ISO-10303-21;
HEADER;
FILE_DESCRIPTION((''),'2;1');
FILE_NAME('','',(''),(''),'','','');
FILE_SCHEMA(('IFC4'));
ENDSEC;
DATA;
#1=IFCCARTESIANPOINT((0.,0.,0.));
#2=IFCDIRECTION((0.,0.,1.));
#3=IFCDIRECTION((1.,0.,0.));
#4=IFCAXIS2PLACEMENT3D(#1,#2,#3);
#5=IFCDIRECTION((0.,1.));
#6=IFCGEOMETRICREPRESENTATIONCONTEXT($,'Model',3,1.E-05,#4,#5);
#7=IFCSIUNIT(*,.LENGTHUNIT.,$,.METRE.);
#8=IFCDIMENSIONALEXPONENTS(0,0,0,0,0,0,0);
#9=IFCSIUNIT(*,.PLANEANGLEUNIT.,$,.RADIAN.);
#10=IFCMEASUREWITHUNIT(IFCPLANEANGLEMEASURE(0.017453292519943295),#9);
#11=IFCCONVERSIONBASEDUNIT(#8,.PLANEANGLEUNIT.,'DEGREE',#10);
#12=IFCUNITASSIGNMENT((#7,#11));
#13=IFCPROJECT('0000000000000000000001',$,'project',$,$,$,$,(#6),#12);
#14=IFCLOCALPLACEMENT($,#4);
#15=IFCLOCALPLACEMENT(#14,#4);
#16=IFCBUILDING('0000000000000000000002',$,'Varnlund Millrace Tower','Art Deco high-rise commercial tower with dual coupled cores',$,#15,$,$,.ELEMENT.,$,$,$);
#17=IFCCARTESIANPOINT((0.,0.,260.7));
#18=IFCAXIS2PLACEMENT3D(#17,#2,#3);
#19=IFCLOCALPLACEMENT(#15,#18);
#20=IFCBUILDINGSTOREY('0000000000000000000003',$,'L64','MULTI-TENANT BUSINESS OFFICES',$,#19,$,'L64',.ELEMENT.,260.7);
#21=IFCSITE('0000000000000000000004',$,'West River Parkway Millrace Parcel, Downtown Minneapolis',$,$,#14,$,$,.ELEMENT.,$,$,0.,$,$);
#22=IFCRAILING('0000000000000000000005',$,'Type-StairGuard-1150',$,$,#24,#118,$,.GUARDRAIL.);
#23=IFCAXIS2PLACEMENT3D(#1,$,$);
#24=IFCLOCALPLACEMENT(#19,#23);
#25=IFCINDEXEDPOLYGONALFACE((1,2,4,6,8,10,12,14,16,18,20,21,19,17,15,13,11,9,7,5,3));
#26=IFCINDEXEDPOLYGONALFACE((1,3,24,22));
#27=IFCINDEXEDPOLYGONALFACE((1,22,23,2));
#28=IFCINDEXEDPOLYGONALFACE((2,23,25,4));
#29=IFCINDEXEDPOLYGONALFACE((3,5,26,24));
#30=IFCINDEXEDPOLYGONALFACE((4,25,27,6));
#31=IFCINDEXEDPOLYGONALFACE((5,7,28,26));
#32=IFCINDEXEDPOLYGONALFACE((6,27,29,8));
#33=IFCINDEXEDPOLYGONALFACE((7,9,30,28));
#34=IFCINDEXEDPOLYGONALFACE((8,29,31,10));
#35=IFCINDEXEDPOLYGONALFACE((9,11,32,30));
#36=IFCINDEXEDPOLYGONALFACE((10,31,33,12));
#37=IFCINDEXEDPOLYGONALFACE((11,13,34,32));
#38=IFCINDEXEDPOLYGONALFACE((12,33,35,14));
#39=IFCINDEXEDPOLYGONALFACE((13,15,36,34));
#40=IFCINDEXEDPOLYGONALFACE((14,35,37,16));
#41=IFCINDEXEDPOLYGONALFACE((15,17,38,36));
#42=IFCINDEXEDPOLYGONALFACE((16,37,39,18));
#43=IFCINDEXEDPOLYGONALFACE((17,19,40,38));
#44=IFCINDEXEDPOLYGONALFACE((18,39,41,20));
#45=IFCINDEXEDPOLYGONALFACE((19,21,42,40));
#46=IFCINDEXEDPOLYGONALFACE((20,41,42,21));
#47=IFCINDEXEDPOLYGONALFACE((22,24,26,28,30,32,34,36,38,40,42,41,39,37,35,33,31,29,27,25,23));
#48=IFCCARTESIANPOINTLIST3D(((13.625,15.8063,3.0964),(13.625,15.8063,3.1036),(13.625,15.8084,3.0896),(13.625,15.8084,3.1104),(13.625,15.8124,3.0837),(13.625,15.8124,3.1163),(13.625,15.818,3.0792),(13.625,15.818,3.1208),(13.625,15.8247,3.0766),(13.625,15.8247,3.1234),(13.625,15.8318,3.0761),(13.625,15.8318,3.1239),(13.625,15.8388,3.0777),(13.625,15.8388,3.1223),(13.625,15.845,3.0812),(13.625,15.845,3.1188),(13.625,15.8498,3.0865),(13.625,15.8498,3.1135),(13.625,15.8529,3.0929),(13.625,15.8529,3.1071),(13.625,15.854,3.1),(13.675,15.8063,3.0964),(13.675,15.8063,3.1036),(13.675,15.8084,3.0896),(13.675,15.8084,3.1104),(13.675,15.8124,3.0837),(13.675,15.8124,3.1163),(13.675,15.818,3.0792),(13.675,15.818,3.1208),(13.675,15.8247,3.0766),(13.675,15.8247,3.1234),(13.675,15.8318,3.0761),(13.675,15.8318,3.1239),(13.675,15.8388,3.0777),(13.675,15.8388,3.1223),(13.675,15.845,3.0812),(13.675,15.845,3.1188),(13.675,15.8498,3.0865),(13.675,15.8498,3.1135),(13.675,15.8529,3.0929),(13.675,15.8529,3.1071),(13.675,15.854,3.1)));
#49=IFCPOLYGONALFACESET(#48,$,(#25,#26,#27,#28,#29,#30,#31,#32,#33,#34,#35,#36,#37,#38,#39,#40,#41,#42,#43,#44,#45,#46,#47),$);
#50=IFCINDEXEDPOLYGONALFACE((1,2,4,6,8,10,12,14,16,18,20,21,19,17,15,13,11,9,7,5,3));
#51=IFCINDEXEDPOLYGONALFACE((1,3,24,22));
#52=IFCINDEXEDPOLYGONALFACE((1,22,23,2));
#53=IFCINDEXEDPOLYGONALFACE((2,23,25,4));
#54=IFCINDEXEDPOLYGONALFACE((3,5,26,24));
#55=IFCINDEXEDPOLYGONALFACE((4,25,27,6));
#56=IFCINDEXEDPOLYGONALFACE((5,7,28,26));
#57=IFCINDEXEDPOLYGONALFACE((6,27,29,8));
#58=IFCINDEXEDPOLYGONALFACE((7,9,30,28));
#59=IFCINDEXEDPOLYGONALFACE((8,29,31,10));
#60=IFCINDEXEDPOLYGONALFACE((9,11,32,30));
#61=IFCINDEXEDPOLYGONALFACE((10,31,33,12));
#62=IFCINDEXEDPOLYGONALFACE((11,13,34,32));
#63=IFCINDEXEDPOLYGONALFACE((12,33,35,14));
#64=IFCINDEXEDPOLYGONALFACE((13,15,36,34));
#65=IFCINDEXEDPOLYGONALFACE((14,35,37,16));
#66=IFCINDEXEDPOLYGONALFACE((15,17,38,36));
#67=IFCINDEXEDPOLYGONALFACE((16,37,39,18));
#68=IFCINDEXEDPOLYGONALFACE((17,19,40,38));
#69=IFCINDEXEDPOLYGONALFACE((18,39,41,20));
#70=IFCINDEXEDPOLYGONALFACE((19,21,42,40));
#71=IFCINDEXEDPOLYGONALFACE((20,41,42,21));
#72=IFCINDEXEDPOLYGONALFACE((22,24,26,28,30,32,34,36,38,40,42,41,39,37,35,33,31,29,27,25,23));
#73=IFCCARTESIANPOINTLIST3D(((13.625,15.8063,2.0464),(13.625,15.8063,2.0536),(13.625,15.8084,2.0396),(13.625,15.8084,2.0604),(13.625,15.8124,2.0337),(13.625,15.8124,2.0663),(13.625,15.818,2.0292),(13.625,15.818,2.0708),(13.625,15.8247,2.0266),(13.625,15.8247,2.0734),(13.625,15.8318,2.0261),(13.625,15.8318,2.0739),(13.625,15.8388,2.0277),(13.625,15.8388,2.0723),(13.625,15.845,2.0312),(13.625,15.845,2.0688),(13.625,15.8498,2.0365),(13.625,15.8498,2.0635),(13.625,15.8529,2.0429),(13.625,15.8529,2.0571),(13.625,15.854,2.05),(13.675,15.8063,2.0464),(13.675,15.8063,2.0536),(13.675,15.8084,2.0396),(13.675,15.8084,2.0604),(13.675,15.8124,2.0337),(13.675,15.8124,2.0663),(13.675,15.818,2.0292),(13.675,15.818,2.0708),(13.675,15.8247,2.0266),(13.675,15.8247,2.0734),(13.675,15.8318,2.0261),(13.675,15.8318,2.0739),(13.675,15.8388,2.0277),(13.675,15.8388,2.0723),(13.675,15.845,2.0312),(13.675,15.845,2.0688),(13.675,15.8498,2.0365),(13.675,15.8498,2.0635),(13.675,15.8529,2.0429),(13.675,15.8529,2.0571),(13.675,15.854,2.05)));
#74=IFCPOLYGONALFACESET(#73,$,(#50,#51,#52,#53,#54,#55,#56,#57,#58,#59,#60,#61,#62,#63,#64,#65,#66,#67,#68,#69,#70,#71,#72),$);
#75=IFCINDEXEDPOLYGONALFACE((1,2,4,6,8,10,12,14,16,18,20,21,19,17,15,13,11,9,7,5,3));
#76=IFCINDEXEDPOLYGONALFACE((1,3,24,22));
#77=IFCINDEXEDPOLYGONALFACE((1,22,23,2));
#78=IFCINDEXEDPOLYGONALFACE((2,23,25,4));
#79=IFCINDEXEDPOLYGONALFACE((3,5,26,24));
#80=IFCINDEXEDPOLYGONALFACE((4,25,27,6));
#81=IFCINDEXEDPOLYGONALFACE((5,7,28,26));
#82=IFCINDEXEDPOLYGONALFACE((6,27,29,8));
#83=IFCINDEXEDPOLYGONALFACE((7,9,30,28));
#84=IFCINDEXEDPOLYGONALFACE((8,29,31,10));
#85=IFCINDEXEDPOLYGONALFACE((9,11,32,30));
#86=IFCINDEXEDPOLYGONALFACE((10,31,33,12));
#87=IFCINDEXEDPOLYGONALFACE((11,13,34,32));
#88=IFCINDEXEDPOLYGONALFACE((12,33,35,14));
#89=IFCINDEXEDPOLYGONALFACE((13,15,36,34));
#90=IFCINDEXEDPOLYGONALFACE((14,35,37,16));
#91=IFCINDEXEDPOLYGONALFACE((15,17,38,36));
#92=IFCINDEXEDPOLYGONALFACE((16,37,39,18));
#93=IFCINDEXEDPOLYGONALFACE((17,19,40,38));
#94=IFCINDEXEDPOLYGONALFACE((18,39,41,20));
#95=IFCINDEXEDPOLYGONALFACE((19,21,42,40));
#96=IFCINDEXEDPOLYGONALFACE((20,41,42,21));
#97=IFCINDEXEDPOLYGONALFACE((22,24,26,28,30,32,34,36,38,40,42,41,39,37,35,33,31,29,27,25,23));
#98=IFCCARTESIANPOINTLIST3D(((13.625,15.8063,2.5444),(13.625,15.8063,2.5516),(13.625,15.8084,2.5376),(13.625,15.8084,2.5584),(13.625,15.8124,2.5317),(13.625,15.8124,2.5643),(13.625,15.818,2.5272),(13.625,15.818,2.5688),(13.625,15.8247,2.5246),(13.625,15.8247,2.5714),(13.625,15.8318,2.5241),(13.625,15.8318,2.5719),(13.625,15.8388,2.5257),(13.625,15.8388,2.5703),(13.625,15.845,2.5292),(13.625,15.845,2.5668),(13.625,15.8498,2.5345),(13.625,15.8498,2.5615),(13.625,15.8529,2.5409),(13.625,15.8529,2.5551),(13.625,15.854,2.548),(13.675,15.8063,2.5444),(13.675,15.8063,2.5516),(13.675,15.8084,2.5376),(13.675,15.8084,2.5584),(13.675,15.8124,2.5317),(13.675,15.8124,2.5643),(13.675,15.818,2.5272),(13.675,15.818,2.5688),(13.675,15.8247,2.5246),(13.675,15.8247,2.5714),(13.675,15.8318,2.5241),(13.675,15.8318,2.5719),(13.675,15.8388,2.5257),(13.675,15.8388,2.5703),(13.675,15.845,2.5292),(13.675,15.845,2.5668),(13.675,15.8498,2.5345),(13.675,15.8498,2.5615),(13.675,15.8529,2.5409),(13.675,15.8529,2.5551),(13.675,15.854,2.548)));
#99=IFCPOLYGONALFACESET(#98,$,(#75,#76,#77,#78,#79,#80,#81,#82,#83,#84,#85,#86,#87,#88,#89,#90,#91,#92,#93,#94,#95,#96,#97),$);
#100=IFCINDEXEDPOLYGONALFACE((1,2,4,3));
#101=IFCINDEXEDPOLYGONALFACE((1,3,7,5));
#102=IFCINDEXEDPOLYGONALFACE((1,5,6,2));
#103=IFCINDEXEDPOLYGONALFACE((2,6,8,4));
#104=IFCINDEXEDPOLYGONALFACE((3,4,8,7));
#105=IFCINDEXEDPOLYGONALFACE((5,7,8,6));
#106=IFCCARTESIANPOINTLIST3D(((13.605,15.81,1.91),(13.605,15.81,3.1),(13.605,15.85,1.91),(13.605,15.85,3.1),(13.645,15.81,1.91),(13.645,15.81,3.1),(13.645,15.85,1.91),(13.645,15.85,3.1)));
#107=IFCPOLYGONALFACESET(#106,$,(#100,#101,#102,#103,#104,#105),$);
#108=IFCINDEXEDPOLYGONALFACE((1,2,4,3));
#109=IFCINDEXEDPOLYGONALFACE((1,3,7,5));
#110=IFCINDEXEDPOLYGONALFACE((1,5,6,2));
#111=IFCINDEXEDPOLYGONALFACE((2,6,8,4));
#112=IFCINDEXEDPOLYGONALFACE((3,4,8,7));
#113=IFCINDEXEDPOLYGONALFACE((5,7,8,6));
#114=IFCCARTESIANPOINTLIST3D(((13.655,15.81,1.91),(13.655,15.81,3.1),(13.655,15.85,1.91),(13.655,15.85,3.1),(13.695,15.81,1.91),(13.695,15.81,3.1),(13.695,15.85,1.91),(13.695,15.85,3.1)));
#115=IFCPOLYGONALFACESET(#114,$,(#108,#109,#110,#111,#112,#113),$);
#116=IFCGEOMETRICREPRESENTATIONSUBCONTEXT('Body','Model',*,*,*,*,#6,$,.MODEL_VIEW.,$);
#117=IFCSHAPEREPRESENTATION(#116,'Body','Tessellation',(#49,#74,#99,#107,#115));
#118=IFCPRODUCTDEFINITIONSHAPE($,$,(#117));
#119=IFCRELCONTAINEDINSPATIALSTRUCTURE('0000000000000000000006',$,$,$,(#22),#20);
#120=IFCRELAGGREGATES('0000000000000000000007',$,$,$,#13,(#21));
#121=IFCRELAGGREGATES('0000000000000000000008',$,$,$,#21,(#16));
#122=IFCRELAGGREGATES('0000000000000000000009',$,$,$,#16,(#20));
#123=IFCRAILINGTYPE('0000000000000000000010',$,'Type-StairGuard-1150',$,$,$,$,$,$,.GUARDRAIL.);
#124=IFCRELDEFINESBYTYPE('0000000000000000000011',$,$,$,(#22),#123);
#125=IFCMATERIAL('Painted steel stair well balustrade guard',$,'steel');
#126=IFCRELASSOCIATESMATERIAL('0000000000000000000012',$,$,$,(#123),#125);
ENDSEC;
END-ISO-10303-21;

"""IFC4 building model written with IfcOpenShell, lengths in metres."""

from ifc_helpers import new_model, entity, si_unit, converted_unit, direction, frame, origin_with_axes, origin_2d_with_axis, place, context, subcontext, project, spatial, rectangle, circle, extrude, material, type_object, element, save


model = new_model("IFC4")

# Units and contexts
model_context = context("Model", 3, precision=1e-05, world=origin_with_axes(), true_north=direction((0.0, 1.0)))
body_context = subcontext(model_context, "Body", "Model", "MODEL_VIEW")
ifc_project = project(units=[si_unit("LENGTHUNIT", "METRE"), converted_unit("PLANEANGLEUNIT", "DEGREE", entity("IfcPlaneAngleMeasure", 0.017453292519943295), si_unit("PLANEANGLEUNIT", "RADIAN"), dimensions=[0, 0, 0, 0, 0, 0, 0])], contexts=[model_context])

# Site, building, storey
site_placement = place(None, origin_with_axes())
site = spatial("IfcSite", under=ifc_project, at=site_placement, Name="West River Parkway Millrace Parcel, Downtown Minneapolis", CompositionType="ELEMENT", RefElevation=0.0)
building_placement = place(site_placement, origin_with_axes())
building = spatial("IfcBuilding", under=site, at=building_placement, Name="Varnlund Millrace Tower", Description="Art Deco high-rise commercial tower with dual coupled cores", CompositionType="ELEMENT")
storey_placement = place(building_placement, frame((0.0, 0.0, 260.7), z_axis=(0.0, 0.0, 1.0), x_axis=(1.0, 0.0, 0.0)))
storey = spatial("IfcBuildingStorey", under=building, at=storey_placement, Name="L64", Description="MULTI-TENANT BUSINESS OFFICES", LongName="L64", CompositionType="ELEMENT", Elevation=260.7)

# Railing
ifc_material_1 = material(Name="Painted steel stair well balustrade guard", Category="steel")
railing_type_1 = type_object("IfcRailingType", Name="Type-StairGuard-1150", PredefinedType="GUARDRAIL", material=ifc_material_1)
railing_1_placement = place(storey_placement, frame((0.0, 0.0, -260.7), z_axis=(0.0, 0.0, 1.0), x_axis=(1.0, 0.0, 0.0)))
element("IfcRailing", 1, at=railing_1_placement, inside=storey, type_object=railing_type_1, Name="Type-StairGuard-1150", PredefinedType="GUARDRAIL", context=body_context, shape_type="SweptSolid", body=[
    extrude(circle(Radius=0.024, at=origin_2d_with_axis()), frame((13.625, 15.83, 263.8), z_axis=(1.0, 0.0, 0.0), x_axis=(0.0, 1.0, 0.0)), (0.0, 0.0, 1.0), 0.05),
    extrude(circle(Radius=0.024, at=origin_2d_with_axis()), frame((13.625, 15.83, 262.75), z_axis=(1.0, 0.0, 0.0), x_axis=(0.0, 1.0, 0.0)), (0.0, 0.0, 1.0), 0.05),
    extrude(circle(Radius=0.024, at=origin_2d_with_axis()), frame((13.625, 15.83, 263.248), z_axis=(1.0, 0.0, 0.0), x_axis=(0.0, 1.0, 0.0)), (0.0, 0.0, 1.0), 0.05),
    extrude(rectangle(XDim=0.04, YDim=0.04, at=origin_2d_with_axis()), frame((13.625, 15.83, 262.61), z_axis=(0.0, 0.0, 1.0), x_axis=(1.0, 0.0, 0.0)), (0.0, 0.0, 1.0), 1.19),
    extrude(rectangle(XDim=0.04, YDim=0.04, at=origin_2d_with_axis()), frame((13.675, 15.83, 262.61), z_axis=(0.0, 0.0, 1.0), x_axis=(1.0, 0.0, 0.0)), (0.0, 0.0, 1.0), 1.19),
])

save(model, "model.ifc")
